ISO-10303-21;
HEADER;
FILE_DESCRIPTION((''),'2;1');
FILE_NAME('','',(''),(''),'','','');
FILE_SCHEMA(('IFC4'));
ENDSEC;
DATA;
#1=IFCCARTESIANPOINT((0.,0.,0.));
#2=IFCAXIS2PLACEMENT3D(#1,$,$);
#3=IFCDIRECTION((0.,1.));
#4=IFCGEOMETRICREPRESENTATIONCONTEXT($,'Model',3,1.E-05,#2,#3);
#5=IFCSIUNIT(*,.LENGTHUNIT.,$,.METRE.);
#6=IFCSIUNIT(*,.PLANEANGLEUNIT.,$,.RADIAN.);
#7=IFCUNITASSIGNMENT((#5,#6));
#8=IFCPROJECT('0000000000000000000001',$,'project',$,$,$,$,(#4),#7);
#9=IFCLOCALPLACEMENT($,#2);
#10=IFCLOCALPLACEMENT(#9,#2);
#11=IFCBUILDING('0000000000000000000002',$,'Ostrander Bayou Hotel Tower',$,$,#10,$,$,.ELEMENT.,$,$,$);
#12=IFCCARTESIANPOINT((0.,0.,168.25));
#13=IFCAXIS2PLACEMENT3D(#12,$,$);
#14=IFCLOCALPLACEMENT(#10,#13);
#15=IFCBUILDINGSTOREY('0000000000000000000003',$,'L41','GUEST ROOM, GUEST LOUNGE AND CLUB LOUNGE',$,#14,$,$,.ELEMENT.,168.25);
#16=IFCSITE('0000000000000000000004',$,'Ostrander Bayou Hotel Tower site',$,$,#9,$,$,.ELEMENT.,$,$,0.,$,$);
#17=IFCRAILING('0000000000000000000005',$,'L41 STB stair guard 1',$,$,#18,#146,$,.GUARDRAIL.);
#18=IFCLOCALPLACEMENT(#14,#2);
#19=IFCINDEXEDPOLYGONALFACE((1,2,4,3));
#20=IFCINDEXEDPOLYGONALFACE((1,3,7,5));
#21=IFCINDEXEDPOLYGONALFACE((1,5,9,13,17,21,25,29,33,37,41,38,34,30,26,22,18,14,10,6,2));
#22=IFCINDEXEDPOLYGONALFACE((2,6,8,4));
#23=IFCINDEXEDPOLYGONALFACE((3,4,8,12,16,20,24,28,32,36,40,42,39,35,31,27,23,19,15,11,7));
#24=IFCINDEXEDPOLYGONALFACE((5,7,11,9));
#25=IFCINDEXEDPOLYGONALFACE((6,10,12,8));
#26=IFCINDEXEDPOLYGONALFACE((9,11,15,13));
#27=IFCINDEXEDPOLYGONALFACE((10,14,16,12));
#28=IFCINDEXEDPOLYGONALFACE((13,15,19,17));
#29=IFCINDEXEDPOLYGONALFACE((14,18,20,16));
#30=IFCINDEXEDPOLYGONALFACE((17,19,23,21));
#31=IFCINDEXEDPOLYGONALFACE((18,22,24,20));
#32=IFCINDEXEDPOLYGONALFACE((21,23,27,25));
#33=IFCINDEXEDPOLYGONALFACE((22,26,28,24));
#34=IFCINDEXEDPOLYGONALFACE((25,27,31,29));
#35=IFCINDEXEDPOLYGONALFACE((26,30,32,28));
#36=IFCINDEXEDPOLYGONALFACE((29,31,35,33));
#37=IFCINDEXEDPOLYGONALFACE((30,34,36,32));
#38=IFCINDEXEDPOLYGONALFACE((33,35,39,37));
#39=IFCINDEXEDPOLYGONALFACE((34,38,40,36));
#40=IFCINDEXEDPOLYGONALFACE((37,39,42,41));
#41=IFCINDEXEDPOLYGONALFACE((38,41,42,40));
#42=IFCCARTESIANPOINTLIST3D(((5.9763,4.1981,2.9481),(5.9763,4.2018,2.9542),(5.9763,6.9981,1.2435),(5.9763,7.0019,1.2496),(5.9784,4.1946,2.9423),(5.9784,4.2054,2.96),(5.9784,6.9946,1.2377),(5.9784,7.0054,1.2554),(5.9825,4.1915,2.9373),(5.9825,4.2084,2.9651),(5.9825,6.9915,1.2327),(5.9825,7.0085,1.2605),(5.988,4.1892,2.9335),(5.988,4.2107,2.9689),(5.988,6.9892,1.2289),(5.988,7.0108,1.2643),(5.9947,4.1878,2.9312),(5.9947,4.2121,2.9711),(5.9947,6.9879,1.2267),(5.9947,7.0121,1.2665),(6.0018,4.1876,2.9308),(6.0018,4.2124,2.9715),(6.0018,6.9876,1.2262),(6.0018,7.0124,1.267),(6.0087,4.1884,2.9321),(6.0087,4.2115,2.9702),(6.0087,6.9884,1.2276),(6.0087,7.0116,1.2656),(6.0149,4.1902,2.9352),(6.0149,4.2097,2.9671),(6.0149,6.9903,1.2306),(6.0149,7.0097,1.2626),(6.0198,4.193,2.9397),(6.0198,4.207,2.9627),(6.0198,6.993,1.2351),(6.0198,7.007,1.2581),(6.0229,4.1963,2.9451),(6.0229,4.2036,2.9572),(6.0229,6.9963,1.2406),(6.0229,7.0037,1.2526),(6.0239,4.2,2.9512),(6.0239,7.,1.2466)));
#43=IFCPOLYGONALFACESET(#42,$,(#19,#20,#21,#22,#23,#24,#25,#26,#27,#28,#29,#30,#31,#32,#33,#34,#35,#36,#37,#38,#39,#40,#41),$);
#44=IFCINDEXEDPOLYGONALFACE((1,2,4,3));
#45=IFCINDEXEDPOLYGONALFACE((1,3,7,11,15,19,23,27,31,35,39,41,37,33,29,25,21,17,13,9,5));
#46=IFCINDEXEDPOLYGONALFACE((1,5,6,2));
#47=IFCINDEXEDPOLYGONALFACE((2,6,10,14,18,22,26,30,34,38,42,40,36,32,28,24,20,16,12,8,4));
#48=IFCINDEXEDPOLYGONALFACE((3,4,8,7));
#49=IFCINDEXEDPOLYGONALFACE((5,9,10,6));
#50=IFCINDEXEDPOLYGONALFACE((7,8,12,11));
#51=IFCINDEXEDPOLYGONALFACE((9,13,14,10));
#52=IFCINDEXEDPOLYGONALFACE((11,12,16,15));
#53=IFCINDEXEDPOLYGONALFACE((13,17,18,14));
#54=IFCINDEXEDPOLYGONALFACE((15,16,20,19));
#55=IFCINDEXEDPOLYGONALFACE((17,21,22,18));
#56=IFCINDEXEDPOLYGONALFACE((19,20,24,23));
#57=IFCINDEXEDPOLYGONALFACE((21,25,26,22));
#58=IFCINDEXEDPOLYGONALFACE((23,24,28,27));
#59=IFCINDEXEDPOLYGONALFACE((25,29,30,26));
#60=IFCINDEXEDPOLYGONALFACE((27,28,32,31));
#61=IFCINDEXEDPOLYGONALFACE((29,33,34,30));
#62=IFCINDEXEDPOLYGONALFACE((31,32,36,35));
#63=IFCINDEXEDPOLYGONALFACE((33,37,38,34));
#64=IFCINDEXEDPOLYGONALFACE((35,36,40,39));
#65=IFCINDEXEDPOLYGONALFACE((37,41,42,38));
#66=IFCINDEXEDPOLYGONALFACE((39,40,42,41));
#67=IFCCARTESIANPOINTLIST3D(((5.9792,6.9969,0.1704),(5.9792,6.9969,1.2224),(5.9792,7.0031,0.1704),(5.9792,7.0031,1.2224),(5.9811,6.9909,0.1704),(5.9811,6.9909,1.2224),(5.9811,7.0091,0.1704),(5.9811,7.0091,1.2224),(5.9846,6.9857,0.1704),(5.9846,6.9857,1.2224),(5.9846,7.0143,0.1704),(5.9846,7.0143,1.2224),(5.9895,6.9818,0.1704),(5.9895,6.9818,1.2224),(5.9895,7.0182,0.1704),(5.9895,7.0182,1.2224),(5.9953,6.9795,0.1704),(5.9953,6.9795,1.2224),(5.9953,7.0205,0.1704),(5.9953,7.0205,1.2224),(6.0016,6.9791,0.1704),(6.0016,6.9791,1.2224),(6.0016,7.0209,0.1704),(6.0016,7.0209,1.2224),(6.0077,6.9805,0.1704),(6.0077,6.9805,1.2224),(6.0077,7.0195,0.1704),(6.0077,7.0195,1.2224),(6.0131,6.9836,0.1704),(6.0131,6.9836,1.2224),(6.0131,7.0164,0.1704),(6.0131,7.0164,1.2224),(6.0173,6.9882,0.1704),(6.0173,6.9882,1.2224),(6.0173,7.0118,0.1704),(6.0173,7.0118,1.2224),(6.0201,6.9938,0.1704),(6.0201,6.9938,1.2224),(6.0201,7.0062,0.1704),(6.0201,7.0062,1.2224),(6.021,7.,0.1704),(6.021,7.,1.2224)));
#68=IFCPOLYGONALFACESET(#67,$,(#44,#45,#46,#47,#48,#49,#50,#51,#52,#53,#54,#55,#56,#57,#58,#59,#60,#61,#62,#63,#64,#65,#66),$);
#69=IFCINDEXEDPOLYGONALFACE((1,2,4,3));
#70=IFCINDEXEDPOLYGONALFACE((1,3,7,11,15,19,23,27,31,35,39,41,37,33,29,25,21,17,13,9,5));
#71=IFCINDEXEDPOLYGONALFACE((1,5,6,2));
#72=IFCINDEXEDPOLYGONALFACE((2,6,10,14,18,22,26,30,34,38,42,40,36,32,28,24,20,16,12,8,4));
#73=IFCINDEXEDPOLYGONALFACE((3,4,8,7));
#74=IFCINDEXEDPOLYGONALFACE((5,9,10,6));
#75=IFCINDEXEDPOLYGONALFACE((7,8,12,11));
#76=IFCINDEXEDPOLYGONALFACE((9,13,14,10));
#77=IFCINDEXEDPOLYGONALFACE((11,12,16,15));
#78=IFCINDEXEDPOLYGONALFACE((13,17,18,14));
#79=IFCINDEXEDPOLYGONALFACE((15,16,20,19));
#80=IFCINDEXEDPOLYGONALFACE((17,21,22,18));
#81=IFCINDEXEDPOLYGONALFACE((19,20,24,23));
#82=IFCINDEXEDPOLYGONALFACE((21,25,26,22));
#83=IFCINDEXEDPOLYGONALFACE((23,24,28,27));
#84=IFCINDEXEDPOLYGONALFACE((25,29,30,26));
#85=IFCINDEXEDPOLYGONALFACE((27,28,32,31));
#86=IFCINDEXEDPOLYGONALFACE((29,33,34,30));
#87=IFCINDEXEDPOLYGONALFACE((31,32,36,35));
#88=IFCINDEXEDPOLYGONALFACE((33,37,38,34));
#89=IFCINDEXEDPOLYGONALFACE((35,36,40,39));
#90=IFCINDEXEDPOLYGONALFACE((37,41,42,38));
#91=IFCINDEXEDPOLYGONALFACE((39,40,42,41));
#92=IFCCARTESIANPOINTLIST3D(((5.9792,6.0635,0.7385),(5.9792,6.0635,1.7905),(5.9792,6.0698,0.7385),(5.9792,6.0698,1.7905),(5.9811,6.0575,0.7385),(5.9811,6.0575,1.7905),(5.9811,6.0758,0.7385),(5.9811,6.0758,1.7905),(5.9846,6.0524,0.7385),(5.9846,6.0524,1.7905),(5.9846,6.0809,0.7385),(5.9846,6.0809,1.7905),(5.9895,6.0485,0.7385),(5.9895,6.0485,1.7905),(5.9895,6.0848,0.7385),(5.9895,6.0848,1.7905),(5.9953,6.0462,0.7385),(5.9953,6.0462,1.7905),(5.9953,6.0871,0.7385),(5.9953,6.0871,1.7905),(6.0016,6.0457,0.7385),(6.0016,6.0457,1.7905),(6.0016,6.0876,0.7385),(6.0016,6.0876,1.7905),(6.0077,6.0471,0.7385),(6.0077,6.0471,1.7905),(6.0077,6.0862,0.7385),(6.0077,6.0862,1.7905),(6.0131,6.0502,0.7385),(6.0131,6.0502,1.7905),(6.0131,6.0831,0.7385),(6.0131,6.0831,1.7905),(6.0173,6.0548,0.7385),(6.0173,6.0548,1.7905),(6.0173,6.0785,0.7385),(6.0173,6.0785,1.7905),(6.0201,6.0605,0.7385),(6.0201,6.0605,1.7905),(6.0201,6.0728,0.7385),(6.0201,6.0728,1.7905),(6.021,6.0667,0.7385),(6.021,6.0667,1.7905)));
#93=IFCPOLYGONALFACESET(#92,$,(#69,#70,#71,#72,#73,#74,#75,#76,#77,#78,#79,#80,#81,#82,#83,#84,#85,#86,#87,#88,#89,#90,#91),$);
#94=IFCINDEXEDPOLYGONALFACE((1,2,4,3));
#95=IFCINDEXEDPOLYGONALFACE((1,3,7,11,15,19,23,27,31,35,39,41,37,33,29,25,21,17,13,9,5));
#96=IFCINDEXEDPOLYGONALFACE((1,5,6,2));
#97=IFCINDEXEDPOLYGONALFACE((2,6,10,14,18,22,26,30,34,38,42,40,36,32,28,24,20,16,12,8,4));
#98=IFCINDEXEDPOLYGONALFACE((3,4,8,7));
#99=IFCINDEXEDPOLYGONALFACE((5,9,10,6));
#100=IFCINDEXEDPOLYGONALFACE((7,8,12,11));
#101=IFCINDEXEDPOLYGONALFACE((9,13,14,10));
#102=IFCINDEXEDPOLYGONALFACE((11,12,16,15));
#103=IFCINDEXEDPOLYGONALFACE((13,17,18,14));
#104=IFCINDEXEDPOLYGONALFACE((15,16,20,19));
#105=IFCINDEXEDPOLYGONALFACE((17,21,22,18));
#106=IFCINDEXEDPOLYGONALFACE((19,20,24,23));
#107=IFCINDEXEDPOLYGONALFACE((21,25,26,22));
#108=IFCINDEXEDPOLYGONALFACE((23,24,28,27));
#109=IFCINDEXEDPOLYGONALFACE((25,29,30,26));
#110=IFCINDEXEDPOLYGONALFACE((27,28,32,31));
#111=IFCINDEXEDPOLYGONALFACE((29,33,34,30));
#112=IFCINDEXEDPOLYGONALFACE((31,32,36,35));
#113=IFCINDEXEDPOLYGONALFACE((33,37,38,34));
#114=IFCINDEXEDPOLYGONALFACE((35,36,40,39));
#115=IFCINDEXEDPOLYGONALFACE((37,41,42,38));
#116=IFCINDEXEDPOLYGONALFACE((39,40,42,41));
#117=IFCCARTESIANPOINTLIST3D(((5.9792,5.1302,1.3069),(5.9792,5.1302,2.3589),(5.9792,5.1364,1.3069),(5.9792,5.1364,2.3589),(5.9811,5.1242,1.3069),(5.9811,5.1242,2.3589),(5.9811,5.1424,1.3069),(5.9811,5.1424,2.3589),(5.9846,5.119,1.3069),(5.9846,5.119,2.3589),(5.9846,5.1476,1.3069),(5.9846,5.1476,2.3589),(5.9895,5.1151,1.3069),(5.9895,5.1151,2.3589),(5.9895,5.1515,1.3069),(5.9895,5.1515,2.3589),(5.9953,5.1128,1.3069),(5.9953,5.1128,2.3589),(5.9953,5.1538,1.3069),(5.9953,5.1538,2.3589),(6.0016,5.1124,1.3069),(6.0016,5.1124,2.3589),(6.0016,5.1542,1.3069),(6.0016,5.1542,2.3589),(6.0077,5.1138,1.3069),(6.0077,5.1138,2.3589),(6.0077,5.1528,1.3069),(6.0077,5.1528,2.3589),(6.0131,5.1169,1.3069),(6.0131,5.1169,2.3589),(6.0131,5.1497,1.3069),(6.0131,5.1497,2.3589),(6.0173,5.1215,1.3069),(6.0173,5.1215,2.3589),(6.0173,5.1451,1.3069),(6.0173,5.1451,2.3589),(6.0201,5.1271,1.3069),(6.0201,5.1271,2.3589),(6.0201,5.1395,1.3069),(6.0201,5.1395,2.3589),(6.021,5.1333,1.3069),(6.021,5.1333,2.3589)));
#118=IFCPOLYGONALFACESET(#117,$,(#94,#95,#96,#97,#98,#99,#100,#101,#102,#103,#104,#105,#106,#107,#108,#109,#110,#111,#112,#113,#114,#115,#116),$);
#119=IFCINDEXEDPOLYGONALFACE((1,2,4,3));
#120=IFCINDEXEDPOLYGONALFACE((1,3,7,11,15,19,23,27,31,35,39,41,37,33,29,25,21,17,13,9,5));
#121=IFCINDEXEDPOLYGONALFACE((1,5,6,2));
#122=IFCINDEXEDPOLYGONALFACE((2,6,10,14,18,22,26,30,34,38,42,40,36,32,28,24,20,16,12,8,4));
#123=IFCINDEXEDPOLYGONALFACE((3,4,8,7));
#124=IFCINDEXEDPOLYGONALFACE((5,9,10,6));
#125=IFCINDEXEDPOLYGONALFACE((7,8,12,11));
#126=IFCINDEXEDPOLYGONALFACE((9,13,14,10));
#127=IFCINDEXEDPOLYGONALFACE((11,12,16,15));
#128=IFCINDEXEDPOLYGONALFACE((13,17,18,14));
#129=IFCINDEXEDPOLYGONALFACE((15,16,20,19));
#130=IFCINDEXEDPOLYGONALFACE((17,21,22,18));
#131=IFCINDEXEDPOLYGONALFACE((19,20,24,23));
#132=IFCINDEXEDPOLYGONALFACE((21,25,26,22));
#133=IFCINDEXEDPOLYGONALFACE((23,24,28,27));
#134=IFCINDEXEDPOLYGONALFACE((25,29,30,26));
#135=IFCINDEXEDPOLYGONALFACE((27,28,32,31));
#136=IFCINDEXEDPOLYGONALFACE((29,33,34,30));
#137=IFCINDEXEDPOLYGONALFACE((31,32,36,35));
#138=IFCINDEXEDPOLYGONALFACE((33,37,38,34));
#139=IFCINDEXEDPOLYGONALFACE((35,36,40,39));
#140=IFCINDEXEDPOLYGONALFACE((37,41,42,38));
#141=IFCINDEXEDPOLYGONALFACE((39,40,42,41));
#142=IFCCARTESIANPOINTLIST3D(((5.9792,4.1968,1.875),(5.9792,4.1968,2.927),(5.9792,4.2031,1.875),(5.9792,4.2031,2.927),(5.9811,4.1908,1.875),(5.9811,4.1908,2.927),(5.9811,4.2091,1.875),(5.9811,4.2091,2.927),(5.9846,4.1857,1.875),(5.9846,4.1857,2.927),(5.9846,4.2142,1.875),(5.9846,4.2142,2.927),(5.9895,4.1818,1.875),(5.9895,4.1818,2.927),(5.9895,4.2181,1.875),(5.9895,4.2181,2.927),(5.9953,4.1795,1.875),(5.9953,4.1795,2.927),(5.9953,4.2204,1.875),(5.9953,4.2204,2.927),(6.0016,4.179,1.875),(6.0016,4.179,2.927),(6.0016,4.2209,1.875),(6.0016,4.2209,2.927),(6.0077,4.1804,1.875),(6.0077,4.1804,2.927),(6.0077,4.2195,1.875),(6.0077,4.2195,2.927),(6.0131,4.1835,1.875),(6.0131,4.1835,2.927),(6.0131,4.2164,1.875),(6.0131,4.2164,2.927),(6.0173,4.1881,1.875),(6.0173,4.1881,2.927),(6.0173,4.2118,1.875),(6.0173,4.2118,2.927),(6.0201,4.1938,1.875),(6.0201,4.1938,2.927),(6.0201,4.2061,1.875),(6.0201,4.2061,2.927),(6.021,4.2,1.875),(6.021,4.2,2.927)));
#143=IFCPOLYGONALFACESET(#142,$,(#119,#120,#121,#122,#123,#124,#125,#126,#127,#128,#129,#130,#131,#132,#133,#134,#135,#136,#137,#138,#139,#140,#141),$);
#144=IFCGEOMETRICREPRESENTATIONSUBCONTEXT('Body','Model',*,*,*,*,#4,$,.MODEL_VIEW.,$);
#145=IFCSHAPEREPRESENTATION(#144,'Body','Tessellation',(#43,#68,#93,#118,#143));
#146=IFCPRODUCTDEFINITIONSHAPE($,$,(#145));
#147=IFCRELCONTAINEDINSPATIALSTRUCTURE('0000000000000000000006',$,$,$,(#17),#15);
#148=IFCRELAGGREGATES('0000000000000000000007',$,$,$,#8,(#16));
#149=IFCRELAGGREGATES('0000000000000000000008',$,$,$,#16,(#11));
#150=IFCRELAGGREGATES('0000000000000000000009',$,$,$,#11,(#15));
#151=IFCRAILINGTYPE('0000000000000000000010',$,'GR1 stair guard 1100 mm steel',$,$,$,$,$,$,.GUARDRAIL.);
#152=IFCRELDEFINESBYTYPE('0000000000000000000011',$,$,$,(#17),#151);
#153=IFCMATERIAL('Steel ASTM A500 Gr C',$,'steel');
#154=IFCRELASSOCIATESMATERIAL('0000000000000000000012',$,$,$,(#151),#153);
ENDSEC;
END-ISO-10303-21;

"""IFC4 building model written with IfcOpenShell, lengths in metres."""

from ifc_helpers import new_model, si_unit, direction, frame, origin, origin_2d, place, context, subcontext, project, spatial, circle, extrude, material, type_object, element, save


model = new_model("IFC4")

# Units and contexts
model_context = context("Model", 3, precision=1e-05, world=origin(), true_north=direction((0.0, 1.0)))
body_context = subcontext(model_context, "Body", "Model", "MODEL_VIEW")
ifc_project = project(units=[si_unit("LENGTHUNIT", "METRE"), si_unit("PLANEANGLEUNIT", "RADIAN")], contexts=[model_context])

# Site, building, storey
site_placement = place(None, origin())
site = spatial("IfcSite", under=ifc_project, at=site_placement, Name="Ostrander Bayou Hotel Tower site", CompositionType="ELEMENT", RefElevation=0.0)
building_placement = place(site_placement, origin())
building = spatial("IfcBuilding", under=site, at=building_placement, Name="Ostrander Bayou Hotel Tower", CompositionType="ELEMENT")
storey_placement = place(building_placement, frame((0.0, 0.0, 168.25)))
storey = spatial("IfcBuildingStorey", under=building, at=storey_placement, Name="L41", Description="GUEST ROOM, GUEST LOUNGE AND CLUB LOUNGE", CompositionType="ELEMENT", Elevation=168.25)

# Railing
ifc_material_1 = material(Name="Steel ASTM A500 Gr C", Category="steel")
railing_type_1 = type_object("IfcRailingType", Name="GR1 stair guard 1100 mm steel", PredefinedType="GUARDRAIL", material=ifc_material_1)
railing_1_placement = place(storey_placement, frame((6.0, 7.0, 0.1704)))
element("IfcRailing", 1, at=railing_1_placement, inside=storey, type_object=railing_type_1, Name="L41 STB stair guard 1", PredefinedType="GUARDRAIL", context=body_context, shape_type="SweptSolid", body=[
    extrude(circle(Radius=0.0239, at=origin_2d()), frame((0.0, 0.0, 1.0762), z_axis=(0.0, -0.85417, 0.519994), x_axis=(1.0, 0.0, 0.0)), (0.0, 0.0, 1.0), 3.2781),
    extrude(circle(Radius=0.021, at=origin_2d()), origin(), (0.0, 0.0, 1.0), 1.052),
    extrude(circle(Radius=0.021, at=origin_2d()), frame((0.0, -0.9333, 0.5681)), (0.0, 0.0, 1.0), 1.052),
    extrude(circle(Radius=0.021, at=origin_2d()), frame((0.0, -1.8667, 1.1365)), (0.0, 0.0, 1.0), 1.052),
    extrude(circle(Radius=0.021, at=origin_2d()), frame((0.0, -2.8, 1.7046)), (0.0, 0.0, 1.0), 1.052),
])

save(model, "model.ifc")
